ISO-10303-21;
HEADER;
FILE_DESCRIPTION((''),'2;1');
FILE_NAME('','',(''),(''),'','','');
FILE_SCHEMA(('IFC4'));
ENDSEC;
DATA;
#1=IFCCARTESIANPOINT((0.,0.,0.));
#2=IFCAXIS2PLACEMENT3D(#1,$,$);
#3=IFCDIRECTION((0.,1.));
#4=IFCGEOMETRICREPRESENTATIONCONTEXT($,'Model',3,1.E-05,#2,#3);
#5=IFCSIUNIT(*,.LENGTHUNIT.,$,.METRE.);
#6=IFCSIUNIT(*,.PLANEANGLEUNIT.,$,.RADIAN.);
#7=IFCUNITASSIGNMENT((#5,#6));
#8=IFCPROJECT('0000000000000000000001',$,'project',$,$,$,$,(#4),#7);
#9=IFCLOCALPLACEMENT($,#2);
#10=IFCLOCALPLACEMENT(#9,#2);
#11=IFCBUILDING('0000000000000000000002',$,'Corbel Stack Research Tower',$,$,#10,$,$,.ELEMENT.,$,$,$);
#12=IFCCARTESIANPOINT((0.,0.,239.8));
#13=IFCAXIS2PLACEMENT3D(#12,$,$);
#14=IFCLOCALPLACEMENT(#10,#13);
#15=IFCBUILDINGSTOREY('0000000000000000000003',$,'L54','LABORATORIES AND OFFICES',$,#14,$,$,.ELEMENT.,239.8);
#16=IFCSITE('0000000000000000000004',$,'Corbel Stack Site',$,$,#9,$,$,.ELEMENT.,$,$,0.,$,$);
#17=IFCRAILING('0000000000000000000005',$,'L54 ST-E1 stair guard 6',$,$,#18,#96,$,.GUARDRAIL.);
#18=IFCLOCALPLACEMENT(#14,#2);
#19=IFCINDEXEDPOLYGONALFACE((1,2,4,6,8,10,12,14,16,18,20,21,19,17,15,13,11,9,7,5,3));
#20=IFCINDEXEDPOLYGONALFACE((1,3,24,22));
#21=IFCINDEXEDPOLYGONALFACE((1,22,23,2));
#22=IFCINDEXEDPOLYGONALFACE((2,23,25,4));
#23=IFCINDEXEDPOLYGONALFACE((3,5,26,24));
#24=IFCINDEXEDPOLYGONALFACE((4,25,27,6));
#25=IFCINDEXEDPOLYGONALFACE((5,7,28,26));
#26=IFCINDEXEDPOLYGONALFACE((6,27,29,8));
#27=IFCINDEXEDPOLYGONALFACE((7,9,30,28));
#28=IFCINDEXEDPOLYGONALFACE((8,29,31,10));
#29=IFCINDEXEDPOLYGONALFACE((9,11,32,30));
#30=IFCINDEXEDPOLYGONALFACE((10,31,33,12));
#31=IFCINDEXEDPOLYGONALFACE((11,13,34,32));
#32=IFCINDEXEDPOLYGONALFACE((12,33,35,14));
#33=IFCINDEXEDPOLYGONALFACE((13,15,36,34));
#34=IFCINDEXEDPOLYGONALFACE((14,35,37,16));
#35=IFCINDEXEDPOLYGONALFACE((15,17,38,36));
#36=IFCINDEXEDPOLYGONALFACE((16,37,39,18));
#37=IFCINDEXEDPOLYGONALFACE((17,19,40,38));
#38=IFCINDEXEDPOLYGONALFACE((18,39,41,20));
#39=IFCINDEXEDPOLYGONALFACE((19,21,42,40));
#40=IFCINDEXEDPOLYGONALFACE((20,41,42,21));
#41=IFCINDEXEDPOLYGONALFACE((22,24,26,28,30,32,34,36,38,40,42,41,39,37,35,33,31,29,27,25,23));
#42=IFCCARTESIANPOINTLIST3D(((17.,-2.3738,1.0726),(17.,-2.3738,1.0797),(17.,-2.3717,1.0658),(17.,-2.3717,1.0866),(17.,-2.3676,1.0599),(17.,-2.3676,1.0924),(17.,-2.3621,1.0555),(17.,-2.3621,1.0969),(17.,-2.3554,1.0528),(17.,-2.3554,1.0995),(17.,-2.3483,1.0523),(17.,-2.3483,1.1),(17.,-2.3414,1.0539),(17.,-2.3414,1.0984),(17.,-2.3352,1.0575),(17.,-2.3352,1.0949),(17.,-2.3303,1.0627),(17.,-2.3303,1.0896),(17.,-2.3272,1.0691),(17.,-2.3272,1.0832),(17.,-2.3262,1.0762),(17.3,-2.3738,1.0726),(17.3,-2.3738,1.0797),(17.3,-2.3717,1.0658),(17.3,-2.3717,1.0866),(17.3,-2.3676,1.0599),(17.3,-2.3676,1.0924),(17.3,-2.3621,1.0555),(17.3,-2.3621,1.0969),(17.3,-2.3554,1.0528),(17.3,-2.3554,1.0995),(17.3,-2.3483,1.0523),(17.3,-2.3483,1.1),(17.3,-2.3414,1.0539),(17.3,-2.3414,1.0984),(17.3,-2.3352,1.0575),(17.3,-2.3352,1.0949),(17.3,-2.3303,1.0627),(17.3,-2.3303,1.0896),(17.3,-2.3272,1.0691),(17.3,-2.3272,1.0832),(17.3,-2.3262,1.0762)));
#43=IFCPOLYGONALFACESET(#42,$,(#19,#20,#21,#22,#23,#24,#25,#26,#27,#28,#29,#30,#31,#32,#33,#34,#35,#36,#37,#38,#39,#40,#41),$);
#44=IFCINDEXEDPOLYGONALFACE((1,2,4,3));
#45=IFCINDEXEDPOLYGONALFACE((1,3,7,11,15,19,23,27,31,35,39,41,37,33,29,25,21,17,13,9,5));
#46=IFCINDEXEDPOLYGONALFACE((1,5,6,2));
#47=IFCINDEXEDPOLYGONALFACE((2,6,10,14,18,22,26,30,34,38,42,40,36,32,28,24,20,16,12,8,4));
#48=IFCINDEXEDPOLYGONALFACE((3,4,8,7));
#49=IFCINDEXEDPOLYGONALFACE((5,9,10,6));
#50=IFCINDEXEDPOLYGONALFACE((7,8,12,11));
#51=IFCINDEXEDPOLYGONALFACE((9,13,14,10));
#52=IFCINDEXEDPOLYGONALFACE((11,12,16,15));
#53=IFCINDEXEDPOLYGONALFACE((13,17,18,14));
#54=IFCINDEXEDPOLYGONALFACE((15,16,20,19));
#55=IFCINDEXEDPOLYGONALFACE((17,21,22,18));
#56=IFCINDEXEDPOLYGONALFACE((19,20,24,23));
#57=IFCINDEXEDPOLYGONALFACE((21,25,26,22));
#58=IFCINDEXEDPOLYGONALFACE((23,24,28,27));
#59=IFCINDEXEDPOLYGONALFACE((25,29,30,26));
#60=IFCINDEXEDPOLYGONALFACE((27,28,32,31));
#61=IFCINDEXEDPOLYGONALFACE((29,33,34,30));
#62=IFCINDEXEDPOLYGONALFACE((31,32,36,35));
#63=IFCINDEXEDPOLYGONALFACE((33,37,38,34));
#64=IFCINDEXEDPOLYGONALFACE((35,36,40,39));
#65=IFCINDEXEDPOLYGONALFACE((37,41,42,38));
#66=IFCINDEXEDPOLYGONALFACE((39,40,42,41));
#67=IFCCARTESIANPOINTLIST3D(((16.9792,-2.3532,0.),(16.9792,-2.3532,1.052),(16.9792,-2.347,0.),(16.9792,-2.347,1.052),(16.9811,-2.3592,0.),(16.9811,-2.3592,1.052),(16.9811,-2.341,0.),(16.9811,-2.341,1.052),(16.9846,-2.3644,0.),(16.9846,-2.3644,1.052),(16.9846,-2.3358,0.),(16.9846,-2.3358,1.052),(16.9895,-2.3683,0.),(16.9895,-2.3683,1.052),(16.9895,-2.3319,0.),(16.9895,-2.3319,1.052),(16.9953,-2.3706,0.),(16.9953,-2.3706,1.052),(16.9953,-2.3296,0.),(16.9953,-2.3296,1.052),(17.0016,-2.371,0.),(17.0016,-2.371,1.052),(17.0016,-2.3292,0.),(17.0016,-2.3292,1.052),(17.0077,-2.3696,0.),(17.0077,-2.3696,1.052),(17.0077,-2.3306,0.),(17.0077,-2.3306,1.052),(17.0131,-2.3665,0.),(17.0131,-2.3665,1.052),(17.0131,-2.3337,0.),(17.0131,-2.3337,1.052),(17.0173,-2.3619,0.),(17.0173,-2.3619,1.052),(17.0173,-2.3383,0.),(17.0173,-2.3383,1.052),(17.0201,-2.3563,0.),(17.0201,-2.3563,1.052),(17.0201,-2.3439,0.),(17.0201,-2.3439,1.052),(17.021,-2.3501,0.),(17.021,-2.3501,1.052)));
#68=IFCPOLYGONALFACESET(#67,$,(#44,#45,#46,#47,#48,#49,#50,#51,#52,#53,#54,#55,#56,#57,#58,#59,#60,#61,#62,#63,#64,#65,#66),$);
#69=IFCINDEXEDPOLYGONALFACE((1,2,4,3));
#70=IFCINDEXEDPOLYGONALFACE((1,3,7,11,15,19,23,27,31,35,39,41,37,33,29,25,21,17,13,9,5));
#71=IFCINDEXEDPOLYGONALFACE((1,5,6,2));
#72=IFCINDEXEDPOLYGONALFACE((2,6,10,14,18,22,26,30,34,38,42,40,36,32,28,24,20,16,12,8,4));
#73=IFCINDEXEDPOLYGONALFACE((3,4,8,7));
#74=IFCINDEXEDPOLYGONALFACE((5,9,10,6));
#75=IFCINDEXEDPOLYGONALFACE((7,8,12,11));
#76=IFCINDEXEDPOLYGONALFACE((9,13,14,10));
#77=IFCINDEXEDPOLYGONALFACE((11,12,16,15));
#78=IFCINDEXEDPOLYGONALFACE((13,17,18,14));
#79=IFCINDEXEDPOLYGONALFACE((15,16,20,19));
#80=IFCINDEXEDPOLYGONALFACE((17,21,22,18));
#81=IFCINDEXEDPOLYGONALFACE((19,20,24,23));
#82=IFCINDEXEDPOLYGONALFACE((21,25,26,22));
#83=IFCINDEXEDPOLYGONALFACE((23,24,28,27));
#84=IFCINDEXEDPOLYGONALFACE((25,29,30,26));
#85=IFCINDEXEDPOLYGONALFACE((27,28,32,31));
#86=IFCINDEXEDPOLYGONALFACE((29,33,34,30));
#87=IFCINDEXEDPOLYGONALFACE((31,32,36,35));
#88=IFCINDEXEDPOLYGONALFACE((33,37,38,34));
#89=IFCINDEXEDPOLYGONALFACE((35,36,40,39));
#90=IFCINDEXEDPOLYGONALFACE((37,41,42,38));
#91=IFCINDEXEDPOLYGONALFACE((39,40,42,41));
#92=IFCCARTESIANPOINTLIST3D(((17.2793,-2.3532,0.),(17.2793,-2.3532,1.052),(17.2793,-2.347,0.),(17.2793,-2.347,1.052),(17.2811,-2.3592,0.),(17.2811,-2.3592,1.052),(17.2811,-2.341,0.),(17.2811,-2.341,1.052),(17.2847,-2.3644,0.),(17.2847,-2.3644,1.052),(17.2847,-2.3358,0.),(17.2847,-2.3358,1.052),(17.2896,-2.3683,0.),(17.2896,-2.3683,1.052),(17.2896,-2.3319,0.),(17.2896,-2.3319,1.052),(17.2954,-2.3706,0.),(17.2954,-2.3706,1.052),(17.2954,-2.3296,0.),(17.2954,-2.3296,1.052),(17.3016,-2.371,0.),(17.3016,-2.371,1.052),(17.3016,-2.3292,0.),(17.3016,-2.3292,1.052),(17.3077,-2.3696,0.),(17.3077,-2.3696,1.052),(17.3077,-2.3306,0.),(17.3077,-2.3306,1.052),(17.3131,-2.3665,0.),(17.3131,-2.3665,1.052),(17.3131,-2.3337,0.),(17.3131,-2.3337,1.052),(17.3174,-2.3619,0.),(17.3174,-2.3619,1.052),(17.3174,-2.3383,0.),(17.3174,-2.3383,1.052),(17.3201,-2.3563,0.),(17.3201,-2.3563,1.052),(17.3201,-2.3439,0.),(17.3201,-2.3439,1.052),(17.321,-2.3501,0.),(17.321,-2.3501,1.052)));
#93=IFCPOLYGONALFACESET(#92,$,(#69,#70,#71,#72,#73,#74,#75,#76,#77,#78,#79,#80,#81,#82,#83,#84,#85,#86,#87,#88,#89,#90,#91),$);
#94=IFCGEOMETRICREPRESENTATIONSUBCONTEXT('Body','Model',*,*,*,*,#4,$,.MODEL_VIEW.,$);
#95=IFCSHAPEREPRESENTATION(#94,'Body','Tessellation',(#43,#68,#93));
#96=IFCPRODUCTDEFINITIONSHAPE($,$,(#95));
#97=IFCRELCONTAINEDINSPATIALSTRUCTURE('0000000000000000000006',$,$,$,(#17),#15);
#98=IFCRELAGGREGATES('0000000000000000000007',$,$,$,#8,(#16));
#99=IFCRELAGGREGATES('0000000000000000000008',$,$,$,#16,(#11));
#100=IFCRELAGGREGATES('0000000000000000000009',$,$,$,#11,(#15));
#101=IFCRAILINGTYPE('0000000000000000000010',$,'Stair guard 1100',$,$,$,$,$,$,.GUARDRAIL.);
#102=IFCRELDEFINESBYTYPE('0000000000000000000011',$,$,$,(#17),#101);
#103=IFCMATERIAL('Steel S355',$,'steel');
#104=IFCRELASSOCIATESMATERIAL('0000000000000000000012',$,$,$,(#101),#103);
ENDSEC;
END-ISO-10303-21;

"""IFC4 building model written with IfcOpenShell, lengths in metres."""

from ifc_helpers import new_model, si_unit, direction, frame, origin, origin_2d, place, context, subcontext, project, spatial, circle, extrude, material, type_object, element, save


model = new_model("IFC4")

# Units and contexts
model_context = context("Model", 3, precision=1e-05, world=origin(), true_north=direction((0.0, 1.0)))
body_context = subcontext(model_context, "Body", "Model", "MODEL_VIEW")
ifc_project = project(units=[si_unit("LENGTHUNIT", "METRE"), si_unit("PLANEANGLEUNIT", "RADIAN")], contexts=[model_context])

# Site, building, storey
site_placement = place(None, origin())
site = spatial("IfcSite", under=ifc_project, at=site_placement, Name="Corbel Stack Site", CompositionType="ELEMENT", RefElevation=0.0)
building_placement = place(site_placement, origin())
building = spatial("IfcBuilding", under=site, at=building_placement, Name="Corbel Stack Research Tower", CompositionType="ELEMENT")
storey_placement = place(building_placement, frame((0.0, 0.0, 239.8)))
storey = spatial("IfcBuildingStorey", under=building, at=storey_placement, Name="L54", Description="LABORATORIES AND OFFICES", CompositionType="ELEMENT", Elevation=239.8)

# Railing
ifc_material_1 = material(Name="Steel S355", Category="steel")
railing_type_1 = type_object("IfcRailingType", Name="Stair guard 1100", PredefinedType="GUARDRAIL", material=ifc_material_1)
railing_1_placement = place(storey_placement, frame((17.0, -2.3501, 0.0)))
element("IfcRailing", 1, at=railing_1_placement, inside=storey, type_object=railing_type_1, Name="L54 ST-E1 stair guard 6", PredefinedType="GUARDRAIL", context=body_context, shape_type="SweptSolid", body=[
    extrude(circle(Radius=0.0239, at=origin_2d()), frame((0.0, 0.0, 1.0762), z_axis=(1.0, 0.0, 0.0), x_axis=(0.0, 1.0, 0.0)), (0.0, 0.0, 1.0), 0.3),
    extrude(circle(Radius=0.021, at=origin_2d()), origin(), (0.0, 0.0, 1.0), 1.052),
    extrude(circle(Radius=0.021, at=origin_2d()), frame((0.3, 0.0, 0.0)), (0.0, 0.0, 1.0), 1.052),
])

save(model, "model.ifc")
